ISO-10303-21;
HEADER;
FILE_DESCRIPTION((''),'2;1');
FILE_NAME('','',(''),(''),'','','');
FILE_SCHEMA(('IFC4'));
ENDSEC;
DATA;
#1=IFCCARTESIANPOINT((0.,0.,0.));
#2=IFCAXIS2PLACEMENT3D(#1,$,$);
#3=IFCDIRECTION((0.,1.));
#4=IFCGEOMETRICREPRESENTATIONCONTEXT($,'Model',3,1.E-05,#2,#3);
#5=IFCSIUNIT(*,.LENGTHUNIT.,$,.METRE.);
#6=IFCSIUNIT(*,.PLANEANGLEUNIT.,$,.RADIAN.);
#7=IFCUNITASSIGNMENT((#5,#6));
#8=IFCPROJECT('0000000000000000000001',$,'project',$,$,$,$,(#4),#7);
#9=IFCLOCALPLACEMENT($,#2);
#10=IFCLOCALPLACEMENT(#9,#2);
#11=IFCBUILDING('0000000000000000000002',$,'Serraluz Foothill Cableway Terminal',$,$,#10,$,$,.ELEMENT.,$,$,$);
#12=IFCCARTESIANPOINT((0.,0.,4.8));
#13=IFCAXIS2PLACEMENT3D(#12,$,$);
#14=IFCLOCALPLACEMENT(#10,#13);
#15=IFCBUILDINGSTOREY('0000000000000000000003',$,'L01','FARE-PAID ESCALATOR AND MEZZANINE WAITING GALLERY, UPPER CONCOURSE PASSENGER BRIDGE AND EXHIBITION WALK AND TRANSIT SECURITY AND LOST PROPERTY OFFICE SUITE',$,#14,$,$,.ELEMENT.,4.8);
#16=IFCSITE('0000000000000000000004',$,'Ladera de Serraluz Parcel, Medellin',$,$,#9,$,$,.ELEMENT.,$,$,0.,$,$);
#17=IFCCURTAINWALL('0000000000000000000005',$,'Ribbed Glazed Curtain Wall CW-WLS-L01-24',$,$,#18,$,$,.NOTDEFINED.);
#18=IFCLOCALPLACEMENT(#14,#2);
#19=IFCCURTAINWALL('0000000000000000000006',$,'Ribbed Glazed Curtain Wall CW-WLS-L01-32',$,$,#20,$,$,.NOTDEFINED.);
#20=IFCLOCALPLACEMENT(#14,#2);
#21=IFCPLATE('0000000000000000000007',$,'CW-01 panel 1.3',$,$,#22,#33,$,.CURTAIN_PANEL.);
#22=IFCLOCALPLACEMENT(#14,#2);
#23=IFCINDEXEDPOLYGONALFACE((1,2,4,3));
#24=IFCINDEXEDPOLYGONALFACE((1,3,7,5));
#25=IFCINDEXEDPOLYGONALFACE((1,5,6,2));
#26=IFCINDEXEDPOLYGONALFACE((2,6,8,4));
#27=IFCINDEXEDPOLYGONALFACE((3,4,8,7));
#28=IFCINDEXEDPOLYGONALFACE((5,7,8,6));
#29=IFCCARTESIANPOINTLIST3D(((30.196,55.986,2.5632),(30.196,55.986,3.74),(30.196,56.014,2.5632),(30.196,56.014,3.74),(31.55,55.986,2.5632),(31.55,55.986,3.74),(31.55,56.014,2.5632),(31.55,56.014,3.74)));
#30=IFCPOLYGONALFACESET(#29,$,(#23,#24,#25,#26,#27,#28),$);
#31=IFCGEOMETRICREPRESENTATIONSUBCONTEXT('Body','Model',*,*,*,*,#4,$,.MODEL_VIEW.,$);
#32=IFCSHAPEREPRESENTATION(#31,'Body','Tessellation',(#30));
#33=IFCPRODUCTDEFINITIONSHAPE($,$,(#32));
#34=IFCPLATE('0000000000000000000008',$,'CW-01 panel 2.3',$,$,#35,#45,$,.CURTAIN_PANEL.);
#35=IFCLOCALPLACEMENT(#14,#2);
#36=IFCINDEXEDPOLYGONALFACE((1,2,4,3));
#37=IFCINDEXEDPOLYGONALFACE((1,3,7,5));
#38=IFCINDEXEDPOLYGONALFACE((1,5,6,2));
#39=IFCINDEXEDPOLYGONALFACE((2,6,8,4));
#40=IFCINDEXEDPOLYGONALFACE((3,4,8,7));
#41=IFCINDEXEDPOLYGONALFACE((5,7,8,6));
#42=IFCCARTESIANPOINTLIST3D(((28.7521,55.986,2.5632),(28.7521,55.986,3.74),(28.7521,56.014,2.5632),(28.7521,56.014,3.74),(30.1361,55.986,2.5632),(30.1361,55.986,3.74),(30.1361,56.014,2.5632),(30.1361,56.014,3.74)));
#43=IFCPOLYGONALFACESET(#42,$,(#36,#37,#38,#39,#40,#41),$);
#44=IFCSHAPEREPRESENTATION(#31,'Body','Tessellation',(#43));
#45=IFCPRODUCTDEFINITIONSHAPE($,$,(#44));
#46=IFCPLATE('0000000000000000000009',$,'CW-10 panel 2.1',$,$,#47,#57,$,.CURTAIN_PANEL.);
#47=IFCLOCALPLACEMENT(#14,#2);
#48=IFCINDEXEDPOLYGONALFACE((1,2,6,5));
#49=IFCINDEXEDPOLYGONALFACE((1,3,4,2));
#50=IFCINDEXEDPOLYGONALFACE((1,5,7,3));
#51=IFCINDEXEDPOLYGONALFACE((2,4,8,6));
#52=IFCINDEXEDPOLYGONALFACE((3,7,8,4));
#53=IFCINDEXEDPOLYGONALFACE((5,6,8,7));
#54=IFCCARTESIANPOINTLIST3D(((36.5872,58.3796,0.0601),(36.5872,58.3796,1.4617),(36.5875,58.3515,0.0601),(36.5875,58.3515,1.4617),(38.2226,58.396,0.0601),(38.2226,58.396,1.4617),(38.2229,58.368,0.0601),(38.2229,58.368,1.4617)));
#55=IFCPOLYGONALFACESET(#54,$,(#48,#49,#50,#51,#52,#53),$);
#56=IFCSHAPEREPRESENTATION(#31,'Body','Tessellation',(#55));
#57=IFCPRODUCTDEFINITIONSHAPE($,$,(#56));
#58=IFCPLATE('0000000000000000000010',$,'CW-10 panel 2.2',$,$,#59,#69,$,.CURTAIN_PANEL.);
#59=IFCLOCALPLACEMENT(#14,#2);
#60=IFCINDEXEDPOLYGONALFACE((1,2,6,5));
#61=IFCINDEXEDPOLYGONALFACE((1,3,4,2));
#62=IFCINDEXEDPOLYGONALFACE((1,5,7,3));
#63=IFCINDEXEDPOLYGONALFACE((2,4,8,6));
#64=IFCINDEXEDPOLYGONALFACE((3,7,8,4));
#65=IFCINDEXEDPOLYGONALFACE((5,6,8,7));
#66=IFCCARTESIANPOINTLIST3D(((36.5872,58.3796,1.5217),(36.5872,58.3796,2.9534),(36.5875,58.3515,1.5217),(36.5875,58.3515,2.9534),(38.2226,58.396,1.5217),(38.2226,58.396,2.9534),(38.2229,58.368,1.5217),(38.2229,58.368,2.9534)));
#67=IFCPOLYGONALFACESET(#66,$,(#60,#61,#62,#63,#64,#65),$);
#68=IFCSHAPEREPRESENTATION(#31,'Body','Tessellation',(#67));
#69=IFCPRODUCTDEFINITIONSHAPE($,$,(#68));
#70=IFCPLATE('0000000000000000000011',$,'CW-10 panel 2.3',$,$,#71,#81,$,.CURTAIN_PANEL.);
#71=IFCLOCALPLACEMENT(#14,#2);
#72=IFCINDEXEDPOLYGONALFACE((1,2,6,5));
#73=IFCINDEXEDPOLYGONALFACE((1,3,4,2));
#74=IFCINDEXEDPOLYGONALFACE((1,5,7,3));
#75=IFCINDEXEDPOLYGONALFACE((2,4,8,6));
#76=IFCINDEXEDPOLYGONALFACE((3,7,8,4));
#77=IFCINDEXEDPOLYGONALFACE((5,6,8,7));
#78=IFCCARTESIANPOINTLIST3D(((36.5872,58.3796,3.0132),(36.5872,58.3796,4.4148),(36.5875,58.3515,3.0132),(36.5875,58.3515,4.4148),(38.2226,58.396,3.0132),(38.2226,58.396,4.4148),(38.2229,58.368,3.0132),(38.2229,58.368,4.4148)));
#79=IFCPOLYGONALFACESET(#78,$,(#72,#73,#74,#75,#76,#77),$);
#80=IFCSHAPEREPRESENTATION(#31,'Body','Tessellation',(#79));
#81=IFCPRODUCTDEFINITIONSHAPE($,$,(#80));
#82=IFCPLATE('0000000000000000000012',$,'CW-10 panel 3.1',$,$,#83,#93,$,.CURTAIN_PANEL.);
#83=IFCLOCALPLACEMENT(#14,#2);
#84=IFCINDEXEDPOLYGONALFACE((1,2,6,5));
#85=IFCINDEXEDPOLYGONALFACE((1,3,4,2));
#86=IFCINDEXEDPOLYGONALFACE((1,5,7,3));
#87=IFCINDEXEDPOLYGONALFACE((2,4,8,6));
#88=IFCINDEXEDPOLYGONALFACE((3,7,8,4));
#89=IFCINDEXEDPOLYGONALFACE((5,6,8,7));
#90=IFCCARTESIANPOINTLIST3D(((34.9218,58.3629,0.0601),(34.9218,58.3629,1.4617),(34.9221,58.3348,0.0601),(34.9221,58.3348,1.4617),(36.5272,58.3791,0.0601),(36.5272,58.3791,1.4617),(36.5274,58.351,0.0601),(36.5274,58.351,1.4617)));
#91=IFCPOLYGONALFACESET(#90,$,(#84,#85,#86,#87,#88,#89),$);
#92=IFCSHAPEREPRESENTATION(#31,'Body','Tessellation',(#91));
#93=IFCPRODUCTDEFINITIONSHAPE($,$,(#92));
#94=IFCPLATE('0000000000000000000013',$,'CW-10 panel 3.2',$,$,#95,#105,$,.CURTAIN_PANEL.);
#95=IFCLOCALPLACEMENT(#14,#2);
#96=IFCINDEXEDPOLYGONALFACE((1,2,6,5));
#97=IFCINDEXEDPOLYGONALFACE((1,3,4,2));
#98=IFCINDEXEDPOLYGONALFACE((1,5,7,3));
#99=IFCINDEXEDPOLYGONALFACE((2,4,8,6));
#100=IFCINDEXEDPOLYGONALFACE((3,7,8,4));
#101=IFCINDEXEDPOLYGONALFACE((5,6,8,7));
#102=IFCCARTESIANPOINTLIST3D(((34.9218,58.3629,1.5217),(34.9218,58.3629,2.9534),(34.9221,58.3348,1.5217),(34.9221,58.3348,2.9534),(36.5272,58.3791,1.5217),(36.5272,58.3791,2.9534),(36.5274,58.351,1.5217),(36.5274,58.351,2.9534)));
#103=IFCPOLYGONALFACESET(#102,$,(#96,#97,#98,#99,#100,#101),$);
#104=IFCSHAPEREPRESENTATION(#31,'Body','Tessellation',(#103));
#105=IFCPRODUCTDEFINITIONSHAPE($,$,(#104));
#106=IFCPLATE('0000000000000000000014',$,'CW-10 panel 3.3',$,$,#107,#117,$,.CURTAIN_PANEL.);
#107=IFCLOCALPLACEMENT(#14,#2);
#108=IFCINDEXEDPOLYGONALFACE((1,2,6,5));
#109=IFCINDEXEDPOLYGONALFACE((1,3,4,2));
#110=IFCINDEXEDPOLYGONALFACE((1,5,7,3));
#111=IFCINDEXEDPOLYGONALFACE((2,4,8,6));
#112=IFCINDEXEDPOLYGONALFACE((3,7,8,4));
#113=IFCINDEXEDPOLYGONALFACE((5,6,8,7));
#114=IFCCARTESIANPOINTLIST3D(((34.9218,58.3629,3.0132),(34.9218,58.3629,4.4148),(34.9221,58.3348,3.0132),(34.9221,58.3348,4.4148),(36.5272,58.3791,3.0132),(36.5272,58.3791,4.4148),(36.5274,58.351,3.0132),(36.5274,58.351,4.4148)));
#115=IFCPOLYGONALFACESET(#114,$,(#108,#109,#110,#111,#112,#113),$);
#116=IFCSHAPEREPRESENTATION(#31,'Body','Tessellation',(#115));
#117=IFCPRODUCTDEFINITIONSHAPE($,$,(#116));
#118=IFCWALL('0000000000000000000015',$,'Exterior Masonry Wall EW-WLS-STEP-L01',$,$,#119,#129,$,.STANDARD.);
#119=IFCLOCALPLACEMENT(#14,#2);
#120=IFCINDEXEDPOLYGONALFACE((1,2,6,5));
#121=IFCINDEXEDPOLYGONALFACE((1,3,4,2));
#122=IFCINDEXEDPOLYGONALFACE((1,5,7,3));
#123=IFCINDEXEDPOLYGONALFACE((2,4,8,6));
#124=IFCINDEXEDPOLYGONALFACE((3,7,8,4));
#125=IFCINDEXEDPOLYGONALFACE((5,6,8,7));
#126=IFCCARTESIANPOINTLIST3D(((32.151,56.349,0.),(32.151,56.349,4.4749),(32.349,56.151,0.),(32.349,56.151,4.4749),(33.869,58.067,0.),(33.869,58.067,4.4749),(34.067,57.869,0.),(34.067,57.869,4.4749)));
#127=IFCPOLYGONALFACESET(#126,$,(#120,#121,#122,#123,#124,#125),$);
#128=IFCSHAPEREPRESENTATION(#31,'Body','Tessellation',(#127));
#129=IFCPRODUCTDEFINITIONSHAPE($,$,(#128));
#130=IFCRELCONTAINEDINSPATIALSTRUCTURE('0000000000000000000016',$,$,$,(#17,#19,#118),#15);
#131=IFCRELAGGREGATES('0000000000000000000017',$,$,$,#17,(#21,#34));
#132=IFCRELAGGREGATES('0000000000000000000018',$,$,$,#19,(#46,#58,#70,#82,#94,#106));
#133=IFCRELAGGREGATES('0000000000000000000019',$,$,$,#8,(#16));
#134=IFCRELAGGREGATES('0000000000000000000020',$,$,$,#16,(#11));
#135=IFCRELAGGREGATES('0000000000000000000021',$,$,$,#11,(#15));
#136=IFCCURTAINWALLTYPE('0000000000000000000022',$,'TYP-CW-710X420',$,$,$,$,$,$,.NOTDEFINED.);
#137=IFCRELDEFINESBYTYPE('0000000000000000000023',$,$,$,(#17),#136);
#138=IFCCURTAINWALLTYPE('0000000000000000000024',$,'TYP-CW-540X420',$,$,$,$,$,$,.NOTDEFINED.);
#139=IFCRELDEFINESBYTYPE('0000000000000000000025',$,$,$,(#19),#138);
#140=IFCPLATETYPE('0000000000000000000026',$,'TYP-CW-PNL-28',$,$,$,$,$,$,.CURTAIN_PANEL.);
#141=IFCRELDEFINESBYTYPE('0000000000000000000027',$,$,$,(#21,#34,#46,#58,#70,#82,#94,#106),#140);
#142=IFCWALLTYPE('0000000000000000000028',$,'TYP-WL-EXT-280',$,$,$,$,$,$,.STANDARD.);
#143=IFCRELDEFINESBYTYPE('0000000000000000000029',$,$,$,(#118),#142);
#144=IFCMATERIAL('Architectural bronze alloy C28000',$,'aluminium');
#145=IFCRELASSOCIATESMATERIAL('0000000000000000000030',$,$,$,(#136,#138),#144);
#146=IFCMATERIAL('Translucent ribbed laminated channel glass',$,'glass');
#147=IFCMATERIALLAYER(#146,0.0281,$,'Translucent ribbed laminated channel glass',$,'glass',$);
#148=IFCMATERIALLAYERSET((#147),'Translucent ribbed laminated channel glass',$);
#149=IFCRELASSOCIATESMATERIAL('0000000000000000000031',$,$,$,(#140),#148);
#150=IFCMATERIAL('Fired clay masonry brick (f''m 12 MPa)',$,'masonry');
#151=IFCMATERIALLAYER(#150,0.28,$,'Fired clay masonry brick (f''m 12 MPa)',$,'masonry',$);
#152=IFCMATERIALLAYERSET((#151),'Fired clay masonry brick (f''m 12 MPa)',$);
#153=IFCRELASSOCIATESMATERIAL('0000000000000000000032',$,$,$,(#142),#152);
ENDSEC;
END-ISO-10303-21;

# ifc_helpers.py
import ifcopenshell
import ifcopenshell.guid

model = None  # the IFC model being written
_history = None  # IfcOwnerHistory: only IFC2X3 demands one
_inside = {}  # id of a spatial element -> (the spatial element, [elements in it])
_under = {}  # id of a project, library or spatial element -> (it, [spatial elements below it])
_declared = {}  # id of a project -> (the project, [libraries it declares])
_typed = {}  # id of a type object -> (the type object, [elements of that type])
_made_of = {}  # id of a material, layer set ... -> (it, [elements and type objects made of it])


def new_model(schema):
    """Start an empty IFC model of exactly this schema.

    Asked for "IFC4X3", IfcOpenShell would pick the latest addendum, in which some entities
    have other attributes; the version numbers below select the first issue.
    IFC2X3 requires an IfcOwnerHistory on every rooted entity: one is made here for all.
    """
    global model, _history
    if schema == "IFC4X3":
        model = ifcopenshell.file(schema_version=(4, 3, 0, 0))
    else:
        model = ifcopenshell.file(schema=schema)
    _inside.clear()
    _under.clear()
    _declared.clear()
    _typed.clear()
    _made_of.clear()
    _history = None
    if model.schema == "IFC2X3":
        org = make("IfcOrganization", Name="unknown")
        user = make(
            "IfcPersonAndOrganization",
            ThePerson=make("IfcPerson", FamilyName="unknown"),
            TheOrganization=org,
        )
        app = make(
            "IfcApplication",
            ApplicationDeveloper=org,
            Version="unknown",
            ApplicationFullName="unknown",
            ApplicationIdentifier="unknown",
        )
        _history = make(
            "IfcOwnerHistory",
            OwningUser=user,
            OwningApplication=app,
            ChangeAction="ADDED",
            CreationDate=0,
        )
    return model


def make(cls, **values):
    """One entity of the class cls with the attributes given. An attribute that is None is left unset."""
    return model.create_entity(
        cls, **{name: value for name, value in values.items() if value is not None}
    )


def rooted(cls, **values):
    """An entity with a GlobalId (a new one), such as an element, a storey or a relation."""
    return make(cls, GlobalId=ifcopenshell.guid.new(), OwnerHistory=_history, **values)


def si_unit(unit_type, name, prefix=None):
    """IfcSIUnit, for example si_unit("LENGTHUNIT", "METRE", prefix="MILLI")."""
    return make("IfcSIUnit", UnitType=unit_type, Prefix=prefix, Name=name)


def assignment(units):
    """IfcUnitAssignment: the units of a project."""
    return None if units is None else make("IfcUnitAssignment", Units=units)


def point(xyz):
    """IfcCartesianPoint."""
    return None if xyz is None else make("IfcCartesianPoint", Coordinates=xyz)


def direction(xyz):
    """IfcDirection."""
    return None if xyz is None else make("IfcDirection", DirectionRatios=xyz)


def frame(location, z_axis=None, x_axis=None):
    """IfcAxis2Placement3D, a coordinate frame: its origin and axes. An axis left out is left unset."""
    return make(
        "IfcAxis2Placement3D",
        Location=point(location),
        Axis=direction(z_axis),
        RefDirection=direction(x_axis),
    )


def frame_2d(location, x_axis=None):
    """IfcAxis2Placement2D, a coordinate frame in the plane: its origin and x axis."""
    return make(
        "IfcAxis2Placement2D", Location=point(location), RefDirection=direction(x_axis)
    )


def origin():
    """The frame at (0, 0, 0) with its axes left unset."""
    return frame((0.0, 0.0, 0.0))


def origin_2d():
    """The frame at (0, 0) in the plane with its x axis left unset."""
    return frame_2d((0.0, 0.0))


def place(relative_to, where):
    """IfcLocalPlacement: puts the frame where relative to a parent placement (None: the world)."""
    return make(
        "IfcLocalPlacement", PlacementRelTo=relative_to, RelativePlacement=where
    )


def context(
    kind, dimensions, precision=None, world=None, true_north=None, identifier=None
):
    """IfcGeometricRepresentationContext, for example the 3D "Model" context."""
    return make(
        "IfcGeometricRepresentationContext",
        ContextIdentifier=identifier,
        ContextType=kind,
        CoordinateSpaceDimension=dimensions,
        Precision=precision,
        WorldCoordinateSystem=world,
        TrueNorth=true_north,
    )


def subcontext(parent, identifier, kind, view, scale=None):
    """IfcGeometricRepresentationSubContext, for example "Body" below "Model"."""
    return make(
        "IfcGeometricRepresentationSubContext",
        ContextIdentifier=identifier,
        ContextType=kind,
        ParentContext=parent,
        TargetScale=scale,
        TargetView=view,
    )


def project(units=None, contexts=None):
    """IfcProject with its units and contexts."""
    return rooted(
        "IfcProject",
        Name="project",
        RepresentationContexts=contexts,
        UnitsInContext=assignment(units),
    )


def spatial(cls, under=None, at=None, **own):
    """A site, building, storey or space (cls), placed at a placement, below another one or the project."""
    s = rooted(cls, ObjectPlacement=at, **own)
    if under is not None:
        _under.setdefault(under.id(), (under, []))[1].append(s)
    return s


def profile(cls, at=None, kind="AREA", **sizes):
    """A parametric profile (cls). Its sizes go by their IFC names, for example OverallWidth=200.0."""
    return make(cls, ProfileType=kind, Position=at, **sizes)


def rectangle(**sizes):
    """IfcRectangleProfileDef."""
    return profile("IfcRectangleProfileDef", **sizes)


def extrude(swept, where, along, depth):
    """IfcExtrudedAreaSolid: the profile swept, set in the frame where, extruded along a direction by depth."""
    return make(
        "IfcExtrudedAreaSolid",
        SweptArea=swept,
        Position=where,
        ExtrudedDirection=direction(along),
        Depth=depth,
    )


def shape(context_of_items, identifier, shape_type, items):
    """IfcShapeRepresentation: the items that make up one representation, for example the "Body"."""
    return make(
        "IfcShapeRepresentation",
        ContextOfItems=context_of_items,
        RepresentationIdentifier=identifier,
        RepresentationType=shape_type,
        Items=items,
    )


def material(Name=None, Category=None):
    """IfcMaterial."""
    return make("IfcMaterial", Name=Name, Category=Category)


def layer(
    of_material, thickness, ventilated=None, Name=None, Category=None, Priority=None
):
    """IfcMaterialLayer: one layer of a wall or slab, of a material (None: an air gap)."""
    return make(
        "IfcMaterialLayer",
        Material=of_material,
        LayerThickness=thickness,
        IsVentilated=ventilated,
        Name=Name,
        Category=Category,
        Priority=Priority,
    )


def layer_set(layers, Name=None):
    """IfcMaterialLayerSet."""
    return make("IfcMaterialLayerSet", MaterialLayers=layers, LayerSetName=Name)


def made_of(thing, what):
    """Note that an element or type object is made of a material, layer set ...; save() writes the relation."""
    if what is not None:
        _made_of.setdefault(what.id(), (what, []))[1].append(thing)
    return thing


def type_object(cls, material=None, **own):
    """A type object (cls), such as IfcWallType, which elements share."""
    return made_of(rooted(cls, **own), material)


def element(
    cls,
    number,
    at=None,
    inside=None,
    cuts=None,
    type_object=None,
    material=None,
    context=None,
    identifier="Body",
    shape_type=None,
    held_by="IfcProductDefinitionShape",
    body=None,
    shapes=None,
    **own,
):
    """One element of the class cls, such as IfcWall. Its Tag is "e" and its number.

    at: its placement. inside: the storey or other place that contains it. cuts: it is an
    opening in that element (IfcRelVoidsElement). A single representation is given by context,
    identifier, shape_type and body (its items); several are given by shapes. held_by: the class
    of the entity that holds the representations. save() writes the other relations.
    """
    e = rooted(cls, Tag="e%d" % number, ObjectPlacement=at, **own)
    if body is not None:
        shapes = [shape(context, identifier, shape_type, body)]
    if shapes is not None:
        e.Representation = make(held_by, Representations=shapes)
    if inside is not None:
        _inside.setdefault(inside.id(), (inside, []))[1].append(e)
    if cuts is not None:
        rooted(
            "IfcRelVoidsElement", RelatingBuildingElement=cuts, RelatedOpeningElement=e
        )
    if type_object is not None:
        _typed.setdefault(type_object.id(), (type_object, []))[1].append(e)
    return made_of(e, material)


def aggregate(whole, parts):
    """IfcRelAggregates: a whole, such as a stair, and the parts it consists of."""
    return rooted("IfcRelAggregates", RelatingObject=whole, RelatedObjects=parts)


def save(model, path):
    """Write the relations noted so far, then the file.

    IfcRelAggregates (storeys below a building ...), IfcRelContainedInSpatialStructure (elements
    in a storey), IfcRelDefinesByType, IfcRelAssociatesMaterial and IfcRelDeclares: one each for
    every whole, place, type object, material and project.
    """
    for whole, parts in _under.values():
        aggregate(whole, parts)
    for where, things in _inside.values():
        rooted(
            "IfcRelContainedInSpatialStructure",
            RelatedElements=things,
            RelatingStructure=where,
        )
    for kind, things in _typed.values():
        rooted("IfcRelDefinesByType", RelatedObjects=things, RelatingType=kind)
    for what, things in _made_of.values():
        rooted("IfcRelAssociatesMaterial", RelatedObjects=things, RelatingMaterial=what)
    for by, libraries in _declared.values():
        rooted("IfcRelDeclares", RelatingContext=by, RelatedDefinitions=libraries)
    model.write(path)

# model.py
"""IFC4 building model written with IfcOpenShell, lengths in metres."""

from ifc_helpers import new_model, si_unit, direction, frame, frame_2d, origin, origin_2d, place, context, subcontext, project, spatial, rectangle, extrude, material, layer, layer_set, type_object, element, aggregate, save


model = new_model("IFC4")

# Units and contexts
model_context = context("Model", 3, precision=1e-05, world=origin(), true_north=direction((0.0, 1.0)))
body_context = subcontext(model_context, "Body", "Model", "MODEL_VIEW")
ifc_project = project(units=[si_unit("LENGTHUNIT", "METRE"), si_unit("PLANEANGLEUNIT", "RADIAN")], contexts=[model_context])

# Site, building, storey
site_placement = place(None, origin())
site = spatial("IfcSite", under=ifc_project, at=site_placement, Name="Ladera de Serraluz Parcel, Medellin", CompositionType="ELEMENT", RefElevation=0.0)
building_placement = place(site_placement, origin())
building = spatial("IfcBuilding", under=site, at=building_placement, Name="Serraluz Foothill Cableway Terminal", CompositionType="ELEMENT")
storey_placement = place(building_placement, frame((0.0, 0.0, 4.8)))
storey = spatial("IfcBuildingStorey", under=building, at=storey_placement, Name="L01", Description="FARE-PAID ESCALATOR AND MEZZANINE WAITING GALLERY, UPPER CONCOURSE PASSENGER BRIDGE AND EXHIBITION WALK AND TRANSIT SECURITY AND LOST PROPERTY OFFICE SUITE", CompositionType="ELEMENT", Elevation=4.8)

# Curtain walls
ifc_material_1 = material(Name="Architectural bronze alloy C28000", Category="aluminium")
curtain_wall_type_1 = type_object("IfcCurtainWallType", Name="TYP-CW-710X420", PredefinedType="NOTDEFINED", material=ifc_material_1)
curtain_wall_1_placement = place(storey_placement, origin())
curtain_wall_1 = element("IfcCurtainWall", 1, at=curtain_wall_1_placement, inside=storey, type_object=curtain_wall_type_1, Name="Ribbed Glazed Curtain Wall CW-WLS-L01-24", PredefinedType="NOTDEFINED")
curtain_wall_type_2 = type_object("IfcCurtainWallType", Name="TYP-CW-540X420", PredefinedType="NOTDEFINED", material=ifc_material_1)
curtain_wall_2_placement = place(storey_placement, origin())
curtain_wall_2 = element("IfcCurtainWall", 2, at=curtain_wall_2_placement, inside=storey, type_object=curtain_wall_type_2, Name="Ribbed Glazed Curtain Wall CW-WLS-L01-32", PredefinedType="NOTDEFINED")

# Plates
ifc_material_2 = material(Name="Translucent ribbed laminated channel glass", Category="glass")
ifc_layer_1 = layer(ifc_material_2, 0.0281, Name="Translucent ribbed laminated channel glass", Category="glass")
ifc_layer_set_1 = layer_set([ifc_layer_1], Name="Translucent ribbed laminated channel glass")
plate_type = type_object("IfcPlateType", Name="TYP-CW-PNL-28", PredefinedType="CURTAIN_PANEL", material=ifc_layer_set_1)
plate_1_placement = place(storey_placement, frame((30.873, 56.0, 2.5632), z_axis=(0.0, 0.0, 1.0), x_axis=(-1.0, 0.0, 0.0)))
plate_1 = element("IfcPlate", 3, at=plate_1_placement, type_object=plate_type, Name="CW-01 panel 1.3", PredefinedType="CURTAIN_PANEL", context=body_context, shape_type="SweptSolid", body=[
    extrude(rectangle(XDim=1.354, YDim=0.0281, at=origin_2d()), origin(), (0.0, 0.0, 1.0), 1.1768),
])
plate_2_placement = place(storey_placement, frame((29.4441, 56.0, 2.5632), z_axis=(0.0, 0.0, 1.0), x_axis=(-1.0, 0.0, 0.0)))
plate_2 = element("IfcPlate", 4, at=plate_2_placement, type_object=plate_type, Name="CW-01 panel 2.3", PredefinedType="CURTAIN_PANEL", context=body_context, shape_type="SweptSolid", body=[
    extrude(rectangle(XDim=1.384, YDim=0.0281, at=origin_2d()), origin(), (0.0, 0.0, 1.0), 1.1768),
])
aggregate(curtain_wall_1, [plate_1, plate_2])
plate_3_placement = place(storey_placement, frame((37.405, 58.3738, 0.0601), z_axis=(0.0, 0.0, 1.0), x_axis=(-0.999949, -0.010066, 0.0)))
plate_3 = element("IfcPlate", 5, at=plate_3_placement, type_object=plate_type, Name="CW-10 panel 2.1", PredefinedType="CURTAIN_PANEL", context=body_context, shape_type="SweptSolid", body=[
    extrude(rectangle(XDim=1.6355, YDim=0.0281, at=origin_2d()), origin(), (0.0, 0.0, 1.0), 1.4016),
])
plate_4_placement = place(storey_placement, frame((37.405, 58.3738, 1.5217), z_axis=(0.0, 0.0, 1.0), x_axis=(-0.999949, -0.010066, 0.0)))
plate_4 = element("IfcPlate", 6, at=plate_4_placement, type_object=plate_type, Name="CW-10 panel 2.2", PredefinedType="CURTAIN_PANEL", context=body_context, shape_type="SweptSolid", body=[
    extrude(rectangle(XDim=1.6355, YDim=0.0281, at=origin_2d()), origin(), (0.0, 0.0, 1.0), 1.4316),
])
plate_5_placement = place(storey_placement, frame((37.405, 58.3738, 3.0132), z_axis=(0.0, 0.0, 1.0), x_axis=(-0.999949, -0.010066, 0.0)))
plate_5 = element("IfcPlate", 7, at=plate_5_placement, type_object=plate_type, Name="CW-10 panel 2.3", PredefinedType="CURTAIN_PANEL", context=body_context, shape_type="SweptSolid", body=[
    extrude(rectangle(XDim=1.6355, YDim=0.0281, at=origin_2d()), origin(), (0.0, 0.0, 1.0), 1.4016),
])
plate_6_placement = place(storey_placement, frame((35.7246, 58.3569, 0.0601), z_axis=(0.0, 0.0, 1.0), x_axis=(-0.999949, -0.010066, 0.0)))
plate_6 = element("IfcPlate", 8, at=plate_6_placement, type_object=plate_type, Name="CW-10 panel 3.1", PredefinedType="CURTAIN_PANEL", context=body_context, shape_type="SweptSolid", body=[
    extrude(rectangle(XDim=1.6055, YDim=0.0281, at=origin_2d()), origin(), (0.0, 0.0, 1.0), 1.4016),
])
plate_7_placement = place(storey_placement, frame((35.7246, 58.3569, 1.5217), z_axis=(0.0, 0.0, 1.0), x_axis=(-0.999949, -0.010066, 0.0)))
plate_7 = element("IfcPlate", 9, at=plate_7_placement, type_object=plate_type, Name="CW-10 panel 3.2", PredefinedType="CURTAIN_PANEL", context=body_context, shape_type="SweptSolid", body=[
    extrude(rectangle(XDim=1.6055, YDim=0.0281, at=origin_2d()), origin(), (0.0, 0.0, 1.0), 1.4316),
])
plate_8_placement = place(storey_placement, frame((35.7246, 58.3569, 3.0132), z_axis=(0.0, 0.0, 1.0), x_axis=(-0.999949, -0.010066, 0.0)))
plate_8 = element("IfcPlate", 10, at=plate_8_placement, type_object=plate_type, Name="CW-10 panel 3.3", PredefinedType="CURTAIN_PANEL", context=body_context, shape_type="SweptSolid", body=[
    extrude(rectangle(XDim=1.6055, YDim=0.0281, at=origin_2d()), origin(), (0.0, 0.0, 1.0), 1.4016),
])
aggregate(curtain_wall_2, [plate_3, plate_4, plate_5, plate_6, plate_7, plate_8])

# Wall
ifc_material_3 = material(Name="Fired clay masonry brick (f'm 12 MPa)", Category="masonry")
ifc_layer_2 = layer(ifc_material_3, 0.28, Name="Fired clay masonry brick (f'm 12 MPa)", Category="masonry")
ifc_layer_set_2 = layer_set([ifc_layer_2], Name="Fired clay masonry brick (f'm 12 MPa)")
wall_type = type_object("IfcWallType", Name="TYP-WL-EXT-280", PredefinedType="STANDARD", material=ifc_layer_set_2)
wall_placement = place(storey_placement, frame((33.968, 57.968, 0.0), z_axis=(0.0, 0.0, 1.0), x_axis=(-0.707107, -0.707107, 0.0)))
element("IfcWall", 11, at=wall_placement, inside=storey, type_object=wall_type, Name="Exterior Masonry Wall EW-WLS-STEP-L01", PredefinedType="STANDARD", context=body_context, shape_type="SweptSolid", body=[
    extrude(rectangle(XDim=2.4297, YDim=0.28, at=frame_2d((1.2148, 0.0))), origin(), (0.0, 0.0, 1.0), 4.4749),
])

save(model, "model.ifc")
